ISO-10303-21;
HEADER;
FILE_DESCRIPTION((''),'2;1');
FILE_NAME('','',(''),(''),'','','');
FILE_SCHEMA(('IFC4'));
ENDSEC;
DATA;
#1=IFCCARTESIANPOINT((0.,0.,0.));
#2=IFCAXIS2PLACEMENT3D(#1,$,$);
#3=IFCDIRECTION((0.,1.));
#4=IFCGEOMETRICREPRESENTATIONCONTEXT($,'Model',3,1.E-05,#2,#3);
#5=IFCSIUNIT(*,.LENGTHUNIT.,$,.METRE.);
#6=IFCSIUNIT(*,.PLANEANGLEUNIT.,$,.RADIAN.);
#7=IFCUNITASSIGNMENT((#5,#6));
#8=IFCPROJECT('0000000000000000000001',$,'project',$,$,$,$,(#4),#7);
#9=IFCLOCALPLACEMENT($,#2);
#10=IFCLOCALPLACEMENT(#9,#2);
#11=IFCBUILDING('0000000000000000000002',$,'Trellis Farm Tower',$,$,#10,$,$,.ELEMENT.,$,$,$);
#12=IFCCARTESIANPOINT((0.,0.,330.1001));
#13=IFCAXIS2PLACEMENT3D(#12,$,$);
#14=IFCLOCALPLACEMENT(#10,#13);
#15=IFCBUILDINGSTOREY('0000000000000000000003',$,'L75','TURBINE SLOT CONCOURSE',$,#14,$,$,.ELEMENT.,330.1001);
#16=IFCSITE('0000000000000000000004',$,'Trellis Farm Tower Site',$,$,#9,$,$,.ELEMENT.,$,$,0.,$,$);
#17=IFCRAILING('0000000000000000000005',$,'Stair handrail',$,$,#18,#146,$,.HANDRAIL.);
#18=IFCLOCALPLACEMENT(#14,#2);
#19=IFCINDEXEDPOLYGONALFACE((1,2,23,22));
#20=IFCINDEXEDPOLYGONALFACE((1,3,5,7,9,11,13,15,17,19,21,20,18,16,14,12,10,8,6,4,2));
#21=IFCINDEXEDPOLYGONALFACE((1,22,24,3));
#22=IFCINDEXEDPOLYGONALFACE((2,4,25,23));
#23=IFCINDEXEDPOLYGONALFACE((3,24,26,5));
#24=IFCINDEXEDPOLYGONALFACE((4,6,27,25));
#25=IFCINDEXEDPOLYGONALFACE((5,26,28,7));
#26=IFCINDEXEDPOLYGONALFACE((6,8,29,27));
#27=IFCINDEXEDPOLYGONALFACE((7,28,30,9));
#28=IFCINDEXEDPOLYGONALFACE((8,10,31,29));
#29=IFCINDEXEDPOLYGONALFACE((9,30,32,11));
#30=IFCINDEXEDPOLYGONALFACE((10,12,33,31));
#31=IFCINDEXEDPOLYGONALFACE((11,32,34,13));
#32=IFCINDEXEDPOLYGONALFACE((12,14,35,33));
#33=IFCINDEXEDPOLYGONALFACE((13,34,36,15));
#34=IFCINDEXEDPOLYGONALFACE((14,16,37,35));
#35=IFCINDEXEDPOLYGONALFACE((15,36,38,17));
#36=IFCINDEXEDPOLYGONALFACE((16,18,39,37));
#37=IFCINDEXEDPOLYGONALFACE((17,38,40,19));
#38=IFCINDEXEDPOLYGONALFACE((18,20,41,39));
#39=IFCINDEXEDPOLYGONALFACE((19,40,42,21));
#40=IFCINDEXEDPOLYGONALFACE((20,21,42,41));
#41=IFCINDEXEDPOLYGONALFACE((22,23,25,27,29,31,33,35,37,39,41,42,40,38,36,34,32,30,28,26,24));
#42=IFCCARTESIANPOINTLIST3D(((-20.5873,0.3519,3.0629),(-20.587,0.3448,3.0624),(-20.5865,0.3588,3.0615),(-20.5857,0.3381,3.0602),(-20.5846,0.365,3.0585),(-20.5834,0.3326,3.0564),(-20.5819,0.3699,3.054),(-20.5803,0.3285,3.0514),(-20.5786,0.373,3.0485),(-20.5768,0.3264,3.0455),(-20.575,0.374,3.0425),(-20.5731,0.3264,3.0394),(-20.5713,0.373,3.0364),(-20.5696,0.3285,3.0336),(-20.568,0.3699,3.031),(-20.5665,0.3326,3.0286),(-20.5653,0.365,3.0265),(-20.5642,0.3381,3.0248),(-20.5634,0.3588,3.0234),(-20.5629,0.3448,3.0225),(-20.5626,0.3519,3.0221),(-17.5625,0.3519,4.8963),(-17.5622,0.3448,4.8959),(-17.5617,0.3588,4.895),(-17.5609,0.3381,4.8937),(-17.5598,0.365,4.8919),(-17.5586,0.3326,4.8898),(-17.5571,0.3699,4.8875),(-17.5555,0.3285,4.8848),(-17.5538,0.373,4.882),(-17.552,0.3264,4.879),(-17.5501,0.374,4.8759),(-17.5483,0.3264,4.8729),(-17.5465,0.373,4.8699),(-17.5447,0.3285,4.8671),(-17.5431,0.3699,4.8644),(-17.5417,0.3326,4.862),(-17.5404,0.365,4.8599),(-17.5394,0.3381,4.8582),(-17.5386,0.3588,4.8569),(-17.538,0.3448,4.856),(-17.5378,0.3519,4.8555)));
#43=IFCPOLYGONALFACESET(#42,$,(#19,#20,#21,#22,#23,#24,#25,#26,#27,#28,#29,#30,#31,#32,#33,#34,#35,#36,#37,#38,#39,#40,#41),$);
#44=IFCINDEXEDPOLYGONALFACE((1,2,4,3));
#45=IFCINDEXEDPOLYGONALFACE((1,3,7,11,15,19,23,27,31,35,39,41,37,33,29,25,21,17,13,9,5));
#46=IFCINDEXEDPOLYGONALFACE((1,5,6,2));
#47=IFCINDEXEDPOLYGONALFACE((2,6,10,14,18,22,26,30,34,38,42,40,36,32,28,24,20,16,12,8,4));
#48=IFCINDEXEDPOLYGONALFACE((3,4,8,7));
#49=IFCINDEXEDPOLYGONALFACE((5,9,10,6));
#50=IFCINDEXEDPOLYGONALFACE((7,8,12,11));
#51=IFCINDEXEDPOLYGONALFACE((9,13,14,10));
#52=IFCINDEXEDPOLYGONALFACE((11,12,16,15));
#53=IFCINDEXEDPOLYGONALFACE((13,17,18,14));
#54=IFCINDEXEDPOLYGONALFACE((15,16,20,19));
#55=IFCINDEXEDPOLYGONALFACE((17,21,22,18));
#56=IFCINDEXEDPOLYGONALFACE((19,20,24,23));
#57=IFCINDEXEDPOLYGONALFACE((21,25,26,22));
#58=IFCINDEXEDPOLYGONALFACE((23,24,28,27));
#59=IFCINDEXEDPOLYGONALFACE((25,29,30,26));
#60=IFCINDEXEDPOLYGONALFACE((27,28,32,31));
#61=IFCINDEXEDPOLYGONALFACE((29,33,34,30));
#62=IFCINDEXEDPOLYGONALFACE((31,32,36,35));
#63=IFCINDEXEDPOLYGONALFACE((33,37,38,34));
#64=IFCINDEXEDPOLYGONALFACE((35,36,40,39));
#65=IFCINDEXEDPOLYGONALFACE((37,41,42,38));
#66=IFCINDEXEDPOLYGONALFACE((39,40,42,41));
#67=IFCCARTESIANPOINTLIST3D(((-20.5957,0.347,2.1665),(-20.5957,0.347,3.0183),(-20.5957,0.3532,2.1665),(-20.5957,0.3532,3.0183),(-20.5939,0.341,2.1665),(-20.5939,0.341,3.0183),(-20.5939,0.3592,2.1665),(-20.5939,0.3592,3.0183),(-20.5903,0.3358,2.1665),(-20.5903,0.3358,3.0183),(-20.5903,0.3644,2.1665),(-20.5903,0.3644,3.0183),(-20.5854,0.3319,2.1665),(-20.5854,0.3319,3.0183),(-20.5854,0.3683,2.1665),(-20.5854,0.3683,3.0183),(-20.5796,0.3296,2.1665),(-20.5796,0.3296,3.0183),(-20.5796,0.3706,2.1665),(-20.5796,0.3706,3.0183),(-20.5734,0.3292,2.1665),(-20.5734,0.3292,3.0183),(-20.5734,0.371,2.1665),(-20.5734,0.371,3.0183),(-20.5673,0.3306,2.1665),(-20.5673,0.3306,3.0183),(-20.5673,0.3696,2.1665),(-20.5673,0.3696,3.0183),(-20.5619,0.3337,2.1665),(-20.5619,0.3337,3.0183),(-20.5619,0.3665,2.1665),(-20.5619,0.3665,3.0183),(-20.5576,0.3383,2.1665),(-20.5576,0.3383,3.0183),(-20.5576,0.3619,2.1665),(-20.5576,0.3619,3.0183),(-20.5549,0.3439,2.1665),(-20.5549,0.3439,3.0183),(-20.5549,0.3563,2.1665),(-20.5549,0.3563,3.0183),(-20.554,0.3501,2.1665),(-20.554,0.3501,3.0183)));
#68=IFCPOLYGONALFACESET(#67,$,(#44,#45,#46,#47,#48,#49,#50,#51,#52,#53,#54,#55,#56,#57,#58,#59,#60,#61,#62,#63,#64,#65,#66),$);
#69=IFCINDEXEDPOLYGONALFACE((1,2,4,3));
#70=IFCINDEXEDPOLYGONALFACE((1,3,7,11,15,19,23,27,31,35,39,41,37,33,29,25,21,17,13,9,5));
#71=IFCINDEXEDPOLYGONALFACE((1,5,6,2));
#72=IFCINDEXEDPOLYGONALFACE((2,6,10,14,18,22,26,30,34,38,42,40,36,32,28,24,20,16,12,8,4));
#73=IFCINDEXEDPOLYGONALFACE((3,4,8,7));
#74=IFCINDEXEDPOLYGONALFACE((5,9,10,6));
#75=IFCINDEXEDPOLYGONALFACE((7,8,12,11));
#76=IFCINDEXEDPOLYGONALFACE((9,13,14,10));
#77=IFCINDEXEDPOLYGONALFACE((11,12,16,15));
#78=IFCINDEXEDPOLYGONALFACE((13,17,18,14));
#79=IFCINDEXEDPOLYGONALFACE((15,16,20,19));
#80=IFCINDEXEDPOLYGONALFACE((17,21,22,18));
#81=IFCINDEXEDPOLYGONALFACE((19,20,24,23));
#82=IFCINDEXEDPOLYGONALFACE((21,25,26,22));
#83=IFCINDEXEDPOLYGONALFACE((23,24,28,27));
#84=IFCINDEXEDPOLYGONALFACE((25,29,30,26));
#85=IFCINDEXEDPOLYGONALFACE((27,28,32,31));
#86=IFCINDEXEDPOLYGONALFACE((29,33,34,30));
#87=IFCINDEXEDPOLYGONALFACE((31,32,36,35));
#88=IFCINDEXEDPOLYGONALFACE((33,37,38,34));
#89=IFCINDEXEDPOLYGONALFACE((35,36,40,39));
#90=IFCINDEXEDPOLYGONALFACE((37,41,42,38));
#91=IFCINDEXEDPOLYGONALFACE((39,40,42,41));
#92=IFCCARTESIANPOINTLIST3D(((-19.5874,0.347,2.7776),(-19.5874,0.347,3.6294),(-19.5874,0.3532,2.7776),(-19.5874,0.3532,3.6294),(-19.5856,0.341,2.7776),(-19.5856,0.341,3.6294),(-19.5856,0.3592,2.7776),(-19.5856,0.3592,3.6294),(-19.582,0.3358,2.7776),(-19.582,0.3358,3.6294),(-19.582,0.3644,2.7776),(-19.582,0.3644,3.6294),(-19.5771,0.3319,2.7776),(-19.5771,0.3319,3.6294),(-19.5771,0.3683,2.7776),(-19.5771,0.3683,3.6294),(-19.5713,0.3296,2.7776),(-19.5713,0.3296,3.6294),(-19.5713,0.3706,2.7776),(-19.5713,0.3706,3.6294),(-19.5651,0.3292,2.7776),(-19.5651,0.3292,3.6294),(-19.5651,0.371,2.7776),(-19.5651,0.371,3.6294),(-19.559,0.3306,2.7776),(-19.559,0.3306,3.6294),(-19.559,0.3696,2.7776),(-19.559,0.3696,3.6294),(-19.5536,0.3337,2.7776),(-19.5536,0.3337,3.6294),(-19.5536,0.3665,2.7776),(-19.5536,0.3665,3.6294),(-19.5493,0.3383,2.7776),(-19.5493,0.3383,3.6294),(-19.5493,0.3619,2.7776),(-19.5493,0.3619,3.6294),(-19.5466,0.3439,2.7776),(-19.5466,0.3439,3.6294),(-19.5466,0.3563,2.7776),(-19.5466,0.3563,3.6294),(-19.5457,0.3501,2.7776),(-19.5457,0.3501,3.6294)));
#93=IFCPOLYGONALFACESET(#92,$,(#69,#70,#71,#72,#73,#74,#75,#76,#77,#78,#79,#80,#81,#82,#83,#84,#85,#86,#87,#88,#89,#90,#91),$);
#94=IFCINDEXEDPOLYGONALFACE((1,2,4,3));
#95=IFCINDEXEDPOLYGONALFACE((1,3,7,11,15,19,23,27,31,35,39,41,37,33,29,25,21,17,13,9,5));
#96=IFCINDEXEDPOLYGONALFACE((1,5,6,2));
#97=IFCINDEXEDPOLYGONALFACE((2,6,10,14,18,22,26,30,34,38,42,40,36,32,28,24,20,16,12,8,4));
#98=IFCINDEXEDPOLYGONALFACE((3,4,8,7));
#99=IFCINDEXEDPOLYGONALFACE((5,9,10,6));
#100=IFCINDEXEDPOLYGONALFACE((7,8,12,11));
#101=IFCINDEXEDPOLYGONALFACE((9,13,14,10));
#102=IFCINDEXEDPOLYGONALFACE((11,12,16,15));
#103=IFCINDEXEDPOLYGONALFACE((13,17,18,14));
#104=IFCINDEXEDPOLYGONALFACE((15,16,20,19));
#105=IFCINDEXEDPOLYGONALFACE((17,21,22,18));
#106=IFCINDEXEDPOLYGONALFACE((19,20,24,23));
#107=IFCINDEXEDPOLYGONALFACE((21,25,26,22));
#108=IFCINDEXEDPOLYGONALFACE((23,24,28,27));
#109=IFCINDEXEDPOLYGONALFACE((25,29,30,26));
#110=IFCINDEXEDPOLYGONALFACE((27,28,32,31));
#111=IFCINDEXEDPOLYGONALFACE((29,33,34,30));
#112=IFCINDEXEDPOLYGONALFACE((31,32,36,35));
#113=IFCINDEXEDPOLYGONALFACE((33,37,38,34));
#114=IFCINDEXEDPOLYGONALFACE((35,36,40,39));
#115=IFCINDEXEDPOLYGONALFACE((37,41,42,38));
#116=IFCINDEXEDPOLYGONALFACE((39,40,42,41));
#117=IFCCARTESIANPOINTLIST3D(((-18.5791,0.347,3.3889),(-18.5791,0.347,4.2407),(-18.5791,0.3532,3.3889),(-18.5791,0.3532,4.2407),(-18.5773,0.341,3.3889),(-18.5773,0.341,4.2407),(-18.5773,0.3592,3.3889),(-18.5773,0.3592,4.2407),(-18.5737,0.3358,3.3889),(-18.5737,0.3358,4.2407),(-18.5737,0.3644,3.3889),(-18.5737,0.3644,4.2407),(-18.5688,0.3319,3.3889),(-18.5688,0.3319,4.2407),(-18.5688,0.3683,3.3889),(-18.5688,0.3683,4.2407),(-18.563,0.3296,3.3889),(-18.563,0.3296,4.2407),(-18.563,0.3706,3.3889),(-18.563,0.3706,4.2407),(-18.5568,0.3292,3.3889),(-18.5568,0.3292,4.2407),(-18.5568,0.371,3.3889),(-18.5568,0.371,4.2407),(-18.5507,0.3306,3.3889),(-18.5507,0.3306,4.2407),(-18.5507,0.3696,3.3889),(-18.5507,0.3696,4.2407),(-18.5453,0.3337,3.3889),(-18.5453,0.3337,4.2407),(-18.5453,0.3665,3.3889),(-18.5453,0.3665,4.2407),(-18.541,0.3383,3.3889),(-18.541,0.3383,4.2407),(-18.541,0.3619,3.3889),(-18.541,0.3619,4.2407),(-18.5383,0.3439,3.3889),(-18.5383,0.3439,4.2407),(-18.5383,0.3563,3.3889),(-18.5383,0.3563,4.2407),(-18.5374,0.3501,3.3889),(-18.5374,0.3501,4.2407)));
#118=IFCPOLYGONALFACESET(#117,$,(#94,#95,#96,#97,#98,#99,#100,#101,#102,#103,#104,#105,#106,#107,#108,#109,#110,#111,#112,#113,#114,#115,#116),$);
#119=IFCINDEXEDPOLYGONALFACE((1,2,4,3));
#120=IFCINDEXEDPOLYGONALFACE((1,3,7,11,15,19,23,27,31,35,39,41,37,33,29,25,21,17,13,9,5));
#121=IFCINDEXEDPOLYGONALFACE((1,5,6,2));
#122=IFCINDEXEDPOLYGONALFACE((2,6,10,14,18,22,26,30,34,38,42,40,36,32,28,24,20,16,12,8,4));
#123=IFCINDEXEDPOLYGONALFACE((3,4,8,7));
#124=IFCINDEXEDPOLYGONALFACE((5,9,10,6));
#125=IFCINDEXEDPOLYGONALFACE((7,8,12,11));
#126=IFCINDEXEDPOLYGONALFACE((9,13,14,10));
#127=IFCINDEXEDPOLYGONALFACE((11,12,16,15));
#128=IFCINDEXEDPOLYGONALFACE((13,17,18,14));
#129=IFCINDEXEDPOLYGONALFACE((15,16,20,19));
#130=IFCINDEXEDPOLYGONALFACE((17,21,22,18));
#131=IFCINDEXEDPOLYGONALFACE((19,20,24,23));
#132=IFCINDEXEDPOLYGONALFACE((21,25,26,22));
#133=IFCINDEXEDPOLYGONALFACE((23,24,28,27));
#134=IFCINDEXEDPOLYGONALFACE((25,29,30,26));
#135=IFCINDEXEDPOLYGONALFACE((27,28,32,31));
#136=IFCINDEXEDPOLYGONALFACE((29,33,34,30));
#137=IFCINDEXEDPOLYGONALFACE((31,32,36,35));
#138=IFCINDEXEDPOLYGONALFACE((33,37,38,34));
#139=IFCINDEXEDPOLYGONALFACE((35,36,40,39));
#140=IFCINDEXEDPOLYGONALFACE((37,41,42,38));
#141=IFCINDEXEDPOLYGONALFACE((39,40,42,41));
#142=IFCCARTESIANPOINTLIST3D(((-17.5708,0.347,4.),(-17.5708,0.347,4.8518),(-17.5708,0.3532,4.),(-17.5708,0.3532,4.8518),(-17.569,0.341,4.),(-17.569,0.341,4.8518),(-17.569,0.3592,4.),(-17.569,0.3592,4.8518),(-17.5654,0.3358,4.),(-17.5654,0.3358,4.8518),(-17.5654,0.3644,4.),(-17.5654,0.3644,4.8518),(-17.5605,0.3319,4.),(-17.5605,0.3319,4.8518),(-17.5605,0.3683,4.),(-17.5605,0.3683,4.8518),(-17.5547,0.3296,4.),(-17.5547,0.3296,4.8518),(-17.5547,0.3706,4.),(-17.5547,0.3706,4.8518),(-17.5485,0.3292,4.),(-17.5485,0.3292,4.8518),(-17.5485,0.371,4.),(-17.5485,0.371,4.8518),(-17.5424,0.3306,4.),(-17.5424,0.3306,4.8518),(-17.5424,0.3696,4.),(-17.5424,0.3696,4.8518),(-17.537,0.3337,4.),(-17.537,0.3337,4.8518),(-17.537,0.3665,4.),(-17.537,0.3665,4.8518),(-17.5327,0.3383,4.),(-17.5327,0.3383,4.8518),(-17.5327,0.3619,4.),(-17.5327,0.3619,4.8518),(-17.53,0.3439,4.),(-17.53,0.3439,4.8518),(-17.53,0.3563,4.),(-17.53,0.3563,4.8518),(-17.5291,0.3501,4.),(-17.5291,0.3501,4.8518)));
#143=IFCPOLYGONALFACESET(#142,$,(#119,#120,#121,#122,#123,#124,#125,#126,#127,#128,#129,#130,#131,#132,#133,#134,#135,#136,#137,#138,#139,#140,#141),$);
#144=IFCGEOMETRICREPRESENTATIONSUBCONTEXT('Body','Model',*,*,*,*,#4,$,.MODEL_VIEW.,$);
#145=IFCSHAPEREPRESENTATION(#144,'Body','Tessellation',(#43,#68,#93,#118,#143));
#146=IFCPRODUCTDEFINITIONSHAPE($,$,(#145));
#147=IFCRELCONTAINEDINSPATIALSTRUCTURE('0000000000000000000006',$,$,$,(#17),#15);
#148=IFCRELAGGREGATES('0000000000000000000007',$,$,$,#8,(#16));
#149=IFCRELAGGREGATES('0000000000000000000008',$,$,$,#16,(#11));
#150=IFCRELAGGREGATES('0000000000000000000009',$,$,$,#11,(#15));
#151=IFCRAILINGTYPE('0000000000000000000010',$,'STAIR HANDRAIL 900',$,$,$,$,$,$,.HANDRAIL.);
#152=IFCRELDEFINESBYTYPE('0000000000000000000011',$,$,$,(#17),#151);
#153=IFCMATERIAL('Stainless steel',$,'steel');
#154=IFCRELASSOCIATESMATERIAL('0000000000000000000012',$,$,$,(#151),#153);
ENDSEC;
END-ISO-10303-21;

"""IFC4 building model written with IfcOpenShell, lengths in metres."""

from ifc_helpers import new_model, si_unit, direction, frame, origin, origin_2d, place, context, subcontext, project, spatial, circle, extrude, source, transform, mapped, material, type_object, element, save


model = new_model("IFC4")

# Units and contexts
model_context = context("Model", 3, precision=1e-05, world=origin(), true_north=direction((0.0, 1.0)))
body_context = subcontext(model_context, "Body", "Model", "MODEL_VIEW")
ifc_project = project(units=[si_unit("LENGTHUNIT", "METRE"), si_unit("PLANEANGLEUNIT", "RADIAN")], contexts=[model_context])

# Site, building, storey
site_placement = place(None, origin())
site = spatial("IfcSite", under=ifc_project, at=site_placement, Name="Trellis Farm Tower Site", CompositionType="ELEMENT", RefElevation=0.0)
building_placement = place(site_placement, origin())
building = spatial("IfcBuilding", under=site, at=building_placement, Name="Trellis Farm Tower", CompositionType="ELEMENT")
storey_placement = place(building_placement, frame((0.0, 0.0, 330.1001)))
storey = spatial("IfcBuildingStorey", under=building, at=storey_placement, Name="L75", Description="TURBINE SLOT CONCOURSE", CompositionType="ELEMENT", Elevation=330.1001)

# Railing
ifc_material_1 = material(Name="Stainless steel", Category="steel")
railing_type_1 = type_object("IfcRailingType", Name="STAIR HANDRAIL 900", PredefinedType="HANDRAIL", material=ifc_material_1)
shared_shape_1 = source(origin(), body_context, "Body", "SweptSolid", [
    extrude(circle(Radius=0.0239, at=origin_2d()), frame((0.0, 0.0, 0.876), z_axis=(0.85517, 0.0, 0.518348), x_axis=(0.0, 1.0, 0.0)), (0.0, 0.0, 1.0), 3.5371),
    extrude(circle(Radius=0.021, at=origin_2d()), origin(), (0.0, 0.0, 1.0), 0.8518),
    extrude(circle(Radius=0.021, at=origin_2d()), frame((1.0083, 0.0, 0.6111)), (0.0, 0.0, 1.0), 0.8518),
    extrude(circle(Radius=0.021, at=origin_2d()), frame((2.0166, 0.0, 1.2224)), (0.0, 0.0, 1.0), 0.8518),
    extrude(circle(Radius=0.021, at=origin_2d()), frame((3.0249, 0.0, 1.8335)), (0.0, 0.0, 1.0), 0.8518),
])
for number, where, name in (
    (1, (-20.575, 0.3501, 2.1665), "Stair handrail"),
):
    element("IfcRailing", number, at=place(storey_placement, frame(where)), inside=storey, type_object=railing_type_1, Name=name, PredefinedType="HANDRAIL", context=body_context, shape_type="MappedRepresentation", body=[
        mapped(shared_shape_1, transform((0.0, 0.0, 0.0))),
    ])

save(model, "model.ifc")
